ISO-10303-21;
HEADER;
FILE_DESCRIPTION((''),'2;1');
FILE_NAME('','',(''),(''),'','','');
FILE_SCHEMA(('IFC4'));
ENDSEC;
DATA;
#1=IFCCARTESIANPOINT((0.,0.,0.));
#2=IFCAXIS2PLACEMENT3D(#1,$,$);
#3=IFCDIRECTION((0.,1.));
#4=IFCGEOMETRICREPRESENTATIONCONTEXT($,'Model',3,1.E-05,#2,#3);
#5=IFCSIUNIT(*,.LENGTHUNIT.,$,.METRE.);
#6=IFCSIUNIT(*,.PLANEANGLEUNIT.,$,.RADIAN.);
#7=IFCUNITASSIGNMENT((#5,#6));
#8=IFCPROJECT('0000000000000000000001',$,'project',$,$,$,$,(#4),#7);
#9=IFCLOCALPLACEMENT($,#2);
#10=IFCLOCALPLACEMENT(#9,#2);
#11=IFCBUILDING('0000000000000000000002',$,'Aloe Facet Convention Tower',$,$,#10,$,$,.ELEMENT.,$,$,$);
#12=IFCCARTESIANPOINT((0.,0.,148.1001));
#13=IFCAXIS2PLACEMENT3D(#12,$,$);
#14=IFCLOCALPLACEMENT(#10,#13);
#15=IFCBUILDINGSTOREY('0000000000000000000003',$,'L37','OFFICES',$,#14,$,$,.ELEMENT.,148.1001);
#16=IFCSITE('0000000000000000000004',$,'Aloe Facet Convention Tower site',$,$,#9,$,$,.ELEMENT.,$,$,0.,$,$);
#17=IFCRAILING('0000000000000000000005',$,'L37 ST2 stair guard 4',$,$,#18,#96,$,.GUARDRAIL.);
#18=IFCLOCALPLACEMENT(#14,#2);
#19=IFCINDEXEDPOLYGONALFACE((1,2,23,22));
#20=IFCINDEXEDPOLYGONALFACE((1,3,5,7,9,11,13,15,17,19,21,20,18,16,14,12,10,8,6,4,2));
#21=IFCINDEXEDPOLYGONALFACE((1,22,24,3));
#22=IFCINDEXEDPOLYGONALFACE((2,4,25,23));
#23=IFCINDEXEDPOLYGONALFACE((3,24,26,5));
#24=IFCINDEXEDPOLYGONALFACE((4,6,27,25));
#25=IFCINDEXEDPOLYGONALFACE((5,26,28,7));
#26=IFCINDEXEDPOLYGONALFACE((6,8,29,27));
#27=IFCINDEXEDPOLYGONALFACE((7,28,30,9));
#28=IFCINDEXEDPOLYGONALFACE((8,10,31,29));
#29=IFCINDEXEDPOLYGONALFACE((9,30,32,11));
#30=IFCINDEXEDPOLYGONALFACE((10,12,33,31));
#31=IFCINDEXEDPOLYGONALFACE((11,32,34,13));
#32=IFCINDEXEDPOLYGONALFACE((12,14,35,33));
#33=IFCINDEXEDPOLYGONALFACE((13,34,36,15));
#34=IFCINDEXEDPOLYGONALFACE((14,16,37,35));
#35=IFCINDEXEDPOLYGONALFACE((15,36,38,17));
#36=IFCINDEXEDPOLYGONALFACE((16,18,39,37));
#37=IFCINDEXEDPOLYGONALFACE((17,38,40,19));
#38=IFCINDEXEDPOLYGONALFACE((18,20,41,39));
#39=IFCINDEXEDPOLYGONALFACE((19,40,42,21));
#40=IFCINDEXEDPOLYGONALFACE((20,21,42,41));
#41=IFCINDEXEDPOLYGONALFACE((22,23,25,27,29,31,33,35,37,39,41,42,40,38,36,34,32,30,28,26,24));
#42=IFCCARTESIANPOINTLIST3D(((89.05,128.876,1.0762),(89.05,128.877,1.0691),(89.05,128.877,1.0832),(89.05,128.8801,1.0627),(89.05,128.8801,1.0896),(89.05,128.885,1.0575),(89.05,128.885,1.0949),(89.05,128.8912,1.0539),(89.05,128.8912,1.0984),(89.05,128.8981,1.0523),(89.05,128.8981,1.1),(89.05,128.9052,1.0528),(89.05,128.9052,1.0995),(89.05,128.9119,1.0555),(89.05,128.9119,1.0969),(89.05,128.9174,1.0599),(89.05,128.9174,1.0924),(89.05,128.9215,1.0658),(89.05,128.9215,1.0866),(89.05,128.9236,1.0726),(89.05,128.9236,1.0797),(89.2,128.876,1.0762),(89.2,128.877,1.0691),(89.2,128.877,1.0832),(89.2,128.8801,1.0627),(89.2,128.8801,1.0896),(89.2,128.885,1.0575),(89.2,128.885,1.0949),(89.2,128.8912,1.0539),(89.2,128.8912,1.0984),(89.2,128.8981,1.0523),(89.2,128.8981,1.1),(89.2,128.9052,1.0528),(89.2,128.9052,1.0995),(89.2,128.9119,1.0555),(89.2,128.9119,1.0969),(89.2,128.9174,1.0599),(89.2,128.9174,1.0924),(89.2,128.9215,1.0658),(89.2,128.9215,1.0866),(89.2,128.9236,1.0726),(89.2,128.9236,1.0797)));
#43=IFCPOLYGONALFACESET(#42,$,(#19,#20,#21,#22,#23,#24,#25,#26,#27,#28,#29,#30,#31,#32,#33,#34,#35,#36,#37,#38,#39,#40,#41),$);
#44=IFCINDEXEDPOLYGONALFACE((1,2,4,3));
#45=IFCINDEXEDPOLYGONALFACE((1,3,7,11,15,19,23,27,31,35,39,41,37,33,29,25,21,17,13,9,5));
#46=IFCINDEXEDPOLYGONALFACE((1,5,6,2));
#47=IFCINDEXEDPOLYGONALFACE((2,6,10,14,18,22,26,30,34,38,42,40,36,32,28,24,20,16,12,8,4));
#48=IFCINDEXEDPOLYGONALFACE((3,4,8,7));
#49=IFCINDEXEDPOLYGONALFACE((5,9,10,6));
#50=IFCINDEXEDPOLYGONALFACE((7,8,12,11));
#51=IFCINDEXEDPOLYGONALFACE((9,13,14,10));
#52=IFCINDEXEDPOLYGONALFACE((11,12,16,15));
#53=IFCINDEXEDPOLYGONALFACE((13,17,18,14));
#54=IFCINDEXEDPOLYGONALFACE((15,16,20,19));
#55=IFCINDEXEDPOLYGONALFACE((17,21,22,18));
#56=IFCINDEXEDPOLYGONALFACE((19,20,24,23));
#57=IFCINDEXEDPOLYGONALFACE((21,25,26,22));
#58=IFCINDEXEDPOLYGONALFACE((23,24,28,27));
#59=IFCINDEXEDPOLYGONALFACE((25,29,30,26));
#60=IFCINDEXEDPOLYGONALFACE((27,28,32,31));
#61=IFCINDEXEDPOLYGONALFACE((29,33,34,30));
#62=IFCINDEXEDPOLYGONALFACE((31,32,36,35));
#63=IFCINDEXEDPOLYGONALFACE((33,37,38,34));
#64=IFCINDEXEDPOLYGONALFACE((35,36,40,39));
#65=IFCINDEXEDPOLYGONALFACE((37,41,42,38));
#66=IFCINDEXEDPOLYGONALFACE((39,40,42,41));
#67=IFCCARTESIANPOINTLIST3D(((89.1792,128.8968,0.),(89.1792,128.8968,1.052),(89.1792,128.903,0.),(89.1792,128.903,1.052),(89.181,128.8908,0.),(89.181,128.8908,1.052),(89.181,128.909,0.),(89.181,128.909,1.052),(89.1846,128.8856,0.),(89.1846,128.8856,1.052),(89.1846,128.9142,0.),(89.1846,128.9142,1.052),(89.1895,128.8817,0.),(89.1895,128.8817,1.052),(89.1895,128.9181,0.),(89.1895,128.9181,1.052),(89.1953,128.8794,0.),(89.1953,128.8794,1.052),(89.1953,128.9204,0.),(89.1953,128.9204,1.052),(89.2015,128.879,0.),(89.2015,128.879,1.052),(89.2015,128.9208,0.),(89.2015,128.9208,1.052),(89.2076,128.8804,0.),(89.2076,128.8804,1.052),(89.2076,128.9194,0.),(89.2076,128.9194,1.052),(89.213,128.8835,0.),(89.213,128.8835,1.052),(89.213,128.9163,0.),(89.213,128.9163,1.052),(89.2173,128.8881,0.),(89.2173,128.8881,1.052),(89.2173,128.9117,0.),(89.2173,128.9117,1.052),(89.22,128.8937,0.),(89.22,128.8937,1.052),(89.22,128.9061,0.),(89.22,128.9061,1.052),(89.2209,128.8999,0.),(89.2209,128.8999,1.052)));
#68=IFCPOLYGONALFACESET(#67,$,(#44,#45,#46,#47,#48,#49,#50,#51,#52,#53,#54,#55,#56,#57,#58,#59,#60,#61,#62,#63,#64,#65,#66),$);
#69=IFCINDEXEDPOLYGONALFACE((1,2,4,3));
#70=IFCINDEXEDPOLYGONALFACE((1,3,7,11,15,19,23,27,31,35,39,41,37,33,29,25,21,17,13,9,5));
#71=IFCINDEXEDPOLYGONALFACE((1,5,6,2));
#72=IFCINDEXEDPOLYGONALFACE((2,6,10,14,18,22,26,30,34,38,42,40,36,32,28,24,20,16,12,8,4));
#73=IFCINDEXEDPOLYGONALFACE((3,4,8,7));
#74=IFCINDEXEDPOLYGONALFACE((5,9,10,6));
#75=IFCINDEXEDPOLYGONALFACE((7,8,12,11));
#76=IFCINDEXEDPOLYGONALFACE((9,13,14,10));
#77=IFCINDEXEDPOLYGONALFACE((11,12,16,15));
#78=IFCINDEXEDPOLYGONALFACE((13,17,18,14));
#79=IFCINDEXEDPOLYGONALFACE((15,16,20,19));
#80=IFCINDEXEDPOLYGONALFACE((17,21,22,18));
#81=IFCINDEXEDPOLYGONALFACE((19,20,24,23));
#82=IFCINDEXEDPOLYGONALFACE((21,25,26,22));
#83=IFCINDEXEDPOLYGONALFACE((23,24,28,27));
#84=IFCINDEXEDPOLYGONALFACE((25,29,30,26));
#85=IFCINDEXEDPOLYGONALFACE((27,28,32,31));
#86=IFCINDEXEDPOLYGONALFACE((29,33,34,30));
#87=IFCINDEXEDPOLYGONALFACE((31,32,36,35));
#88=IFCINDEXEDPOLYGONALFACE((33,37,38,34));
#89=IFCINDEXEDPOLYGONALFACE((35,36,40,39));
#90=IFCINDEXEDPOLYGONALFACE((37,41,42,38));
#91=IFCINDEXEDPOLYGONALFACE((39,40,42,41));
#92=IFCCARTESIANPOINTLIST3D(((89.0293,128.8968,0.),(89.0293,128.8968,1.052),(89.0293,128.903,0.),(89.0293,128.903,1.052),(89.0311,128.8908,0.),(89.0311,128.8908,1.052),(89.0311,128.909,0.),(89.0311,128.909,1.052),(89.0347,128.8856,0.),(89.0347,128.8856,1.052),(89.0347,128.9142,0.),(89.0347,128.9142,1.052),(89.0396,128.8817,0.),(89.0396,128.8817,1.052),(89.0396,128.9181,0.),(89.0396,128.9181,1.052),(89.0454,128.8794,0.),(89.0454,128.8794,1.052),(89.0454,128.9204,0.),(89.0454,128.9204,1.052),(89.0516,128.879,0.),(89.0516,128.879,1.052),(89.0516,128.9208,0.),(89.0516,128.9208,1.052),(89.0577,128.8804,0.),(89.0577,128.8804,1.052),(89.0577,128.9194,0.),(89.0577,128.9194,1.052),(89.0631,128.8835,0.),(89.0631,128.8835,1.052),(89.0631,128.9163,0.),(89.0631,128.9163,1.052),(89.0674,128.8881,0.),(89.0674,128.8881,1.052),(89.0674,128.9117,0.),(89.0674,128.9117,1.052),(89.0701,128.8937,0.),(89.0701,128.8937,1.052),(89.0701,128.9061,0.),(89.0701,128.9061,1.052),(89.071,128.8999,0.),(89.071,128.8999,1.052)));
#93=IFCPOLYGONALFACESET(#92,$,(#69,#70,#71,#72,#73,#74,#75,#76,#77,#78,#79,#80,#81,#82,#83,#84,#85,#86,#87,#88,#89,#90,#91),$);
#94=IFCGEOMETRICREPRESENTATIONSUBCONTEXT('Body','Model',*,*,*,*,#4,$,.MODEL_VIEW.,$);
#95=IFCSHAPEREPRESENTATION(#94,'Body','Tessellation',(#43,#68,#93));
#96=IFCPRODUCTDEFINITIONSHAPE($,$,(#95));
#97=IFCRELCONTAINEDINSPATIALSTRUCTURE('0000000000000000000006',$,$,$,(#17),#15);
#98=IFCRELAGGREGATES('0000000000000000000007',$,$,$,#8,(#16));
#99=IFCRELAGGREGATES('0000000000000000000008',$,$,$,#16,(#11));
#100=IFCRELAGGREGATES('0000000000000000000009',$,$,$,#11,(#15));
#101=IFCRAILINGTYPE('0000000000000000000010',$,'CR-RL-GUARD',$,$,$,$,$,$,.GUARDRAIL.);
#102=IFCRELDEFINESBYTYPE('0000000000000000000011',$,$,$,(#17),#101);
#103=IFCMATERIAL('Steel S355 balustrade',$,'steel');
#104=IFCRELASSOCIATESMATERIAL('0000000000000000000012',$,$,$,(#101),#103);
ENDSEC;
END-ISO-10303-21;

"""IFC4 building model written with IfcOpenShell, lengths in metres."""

from ifc_helpers import new_model, si_unit, direction, frame, origin, origin_2d, place, context, subcontext, project, spatial, circle, extrude, material, type_object, element, save


model = new_model("IFC4")

# Units and contexts
model_context = context("Model", 3, precision=1e-05, world=origin(), true_north=direction((0.0, 1.0)))
body_context = subcontext(model_context, "Body", "Model", "MODEL_VIEW")
ifc_project = project(units=[si_unit("LENGTHUNIT", "METRE"), si_unit("PLANEANGLEUNIT", "RADIAN")], contexts=[model_context])

# Site, building, storey
site_placement = place(None, origin())
site = spatial("IfcSite", under=ifc_project, at=site_placement, Name="Aloe Facet Convention Tower site", CompositionType="ELEMENT", RefElevation=0.0)
building_placement = place(site_placement, origin())
building = spatial("IfcBuilding", under=site, at=building_placement, Name="Aloe Facet Convention Tower", CompositionType="ELEMENT")
storey_placement = place(building_placement, frame((0.0, 0.0, 148.1001)))
storey = spatial("IfcBuildingStorey", under=building, at=storey_placement, Name="L37", Description="OFFICES", CompositionType="ELEMENT", Elevation=148.1001)

# Railing
ifc_material_1 = material(Name="Steel S355 balustrade", Category="steel")
railing_type = type_object("IfcRailingType", Name="CR-RL-GUARD", PredefinedType="GUARDRAIL", material=ifc_material_1)
railing_1_placement = place(storey_placement, frame((89.2, 128.8999, 0.0)))
element("IfcRailing", 1, at=railing_1_placement, inside=storey, type_object=railing_type, Name="L37 ST2 stair guard 4", PredefinedType="GUARDRAIL", context=body_context, shape_type="SweptSolid", body=[
    extrude(circle(Radius=0.0239, at=origin_2d()), frame((0.0, 0.0, 1.0762), z_axis=(-1.0, 0.0, 0.0), x_axis=(0.0, -1.0, 0.0)), (0.0, 0.0, 1.0), 0.1499),
    extrude(circle(Radius=0.021, at=origin_2d()), origin(), (0.0, 0.0, 1.0), 1.052),
    extrude(circle(Radius=0.021, at=origin_2d()), frame((-0.1499, 0.0, 0.0)), (0.0, 0.0, 1.0), 1.052),
])

save(model, "model.ifc")
